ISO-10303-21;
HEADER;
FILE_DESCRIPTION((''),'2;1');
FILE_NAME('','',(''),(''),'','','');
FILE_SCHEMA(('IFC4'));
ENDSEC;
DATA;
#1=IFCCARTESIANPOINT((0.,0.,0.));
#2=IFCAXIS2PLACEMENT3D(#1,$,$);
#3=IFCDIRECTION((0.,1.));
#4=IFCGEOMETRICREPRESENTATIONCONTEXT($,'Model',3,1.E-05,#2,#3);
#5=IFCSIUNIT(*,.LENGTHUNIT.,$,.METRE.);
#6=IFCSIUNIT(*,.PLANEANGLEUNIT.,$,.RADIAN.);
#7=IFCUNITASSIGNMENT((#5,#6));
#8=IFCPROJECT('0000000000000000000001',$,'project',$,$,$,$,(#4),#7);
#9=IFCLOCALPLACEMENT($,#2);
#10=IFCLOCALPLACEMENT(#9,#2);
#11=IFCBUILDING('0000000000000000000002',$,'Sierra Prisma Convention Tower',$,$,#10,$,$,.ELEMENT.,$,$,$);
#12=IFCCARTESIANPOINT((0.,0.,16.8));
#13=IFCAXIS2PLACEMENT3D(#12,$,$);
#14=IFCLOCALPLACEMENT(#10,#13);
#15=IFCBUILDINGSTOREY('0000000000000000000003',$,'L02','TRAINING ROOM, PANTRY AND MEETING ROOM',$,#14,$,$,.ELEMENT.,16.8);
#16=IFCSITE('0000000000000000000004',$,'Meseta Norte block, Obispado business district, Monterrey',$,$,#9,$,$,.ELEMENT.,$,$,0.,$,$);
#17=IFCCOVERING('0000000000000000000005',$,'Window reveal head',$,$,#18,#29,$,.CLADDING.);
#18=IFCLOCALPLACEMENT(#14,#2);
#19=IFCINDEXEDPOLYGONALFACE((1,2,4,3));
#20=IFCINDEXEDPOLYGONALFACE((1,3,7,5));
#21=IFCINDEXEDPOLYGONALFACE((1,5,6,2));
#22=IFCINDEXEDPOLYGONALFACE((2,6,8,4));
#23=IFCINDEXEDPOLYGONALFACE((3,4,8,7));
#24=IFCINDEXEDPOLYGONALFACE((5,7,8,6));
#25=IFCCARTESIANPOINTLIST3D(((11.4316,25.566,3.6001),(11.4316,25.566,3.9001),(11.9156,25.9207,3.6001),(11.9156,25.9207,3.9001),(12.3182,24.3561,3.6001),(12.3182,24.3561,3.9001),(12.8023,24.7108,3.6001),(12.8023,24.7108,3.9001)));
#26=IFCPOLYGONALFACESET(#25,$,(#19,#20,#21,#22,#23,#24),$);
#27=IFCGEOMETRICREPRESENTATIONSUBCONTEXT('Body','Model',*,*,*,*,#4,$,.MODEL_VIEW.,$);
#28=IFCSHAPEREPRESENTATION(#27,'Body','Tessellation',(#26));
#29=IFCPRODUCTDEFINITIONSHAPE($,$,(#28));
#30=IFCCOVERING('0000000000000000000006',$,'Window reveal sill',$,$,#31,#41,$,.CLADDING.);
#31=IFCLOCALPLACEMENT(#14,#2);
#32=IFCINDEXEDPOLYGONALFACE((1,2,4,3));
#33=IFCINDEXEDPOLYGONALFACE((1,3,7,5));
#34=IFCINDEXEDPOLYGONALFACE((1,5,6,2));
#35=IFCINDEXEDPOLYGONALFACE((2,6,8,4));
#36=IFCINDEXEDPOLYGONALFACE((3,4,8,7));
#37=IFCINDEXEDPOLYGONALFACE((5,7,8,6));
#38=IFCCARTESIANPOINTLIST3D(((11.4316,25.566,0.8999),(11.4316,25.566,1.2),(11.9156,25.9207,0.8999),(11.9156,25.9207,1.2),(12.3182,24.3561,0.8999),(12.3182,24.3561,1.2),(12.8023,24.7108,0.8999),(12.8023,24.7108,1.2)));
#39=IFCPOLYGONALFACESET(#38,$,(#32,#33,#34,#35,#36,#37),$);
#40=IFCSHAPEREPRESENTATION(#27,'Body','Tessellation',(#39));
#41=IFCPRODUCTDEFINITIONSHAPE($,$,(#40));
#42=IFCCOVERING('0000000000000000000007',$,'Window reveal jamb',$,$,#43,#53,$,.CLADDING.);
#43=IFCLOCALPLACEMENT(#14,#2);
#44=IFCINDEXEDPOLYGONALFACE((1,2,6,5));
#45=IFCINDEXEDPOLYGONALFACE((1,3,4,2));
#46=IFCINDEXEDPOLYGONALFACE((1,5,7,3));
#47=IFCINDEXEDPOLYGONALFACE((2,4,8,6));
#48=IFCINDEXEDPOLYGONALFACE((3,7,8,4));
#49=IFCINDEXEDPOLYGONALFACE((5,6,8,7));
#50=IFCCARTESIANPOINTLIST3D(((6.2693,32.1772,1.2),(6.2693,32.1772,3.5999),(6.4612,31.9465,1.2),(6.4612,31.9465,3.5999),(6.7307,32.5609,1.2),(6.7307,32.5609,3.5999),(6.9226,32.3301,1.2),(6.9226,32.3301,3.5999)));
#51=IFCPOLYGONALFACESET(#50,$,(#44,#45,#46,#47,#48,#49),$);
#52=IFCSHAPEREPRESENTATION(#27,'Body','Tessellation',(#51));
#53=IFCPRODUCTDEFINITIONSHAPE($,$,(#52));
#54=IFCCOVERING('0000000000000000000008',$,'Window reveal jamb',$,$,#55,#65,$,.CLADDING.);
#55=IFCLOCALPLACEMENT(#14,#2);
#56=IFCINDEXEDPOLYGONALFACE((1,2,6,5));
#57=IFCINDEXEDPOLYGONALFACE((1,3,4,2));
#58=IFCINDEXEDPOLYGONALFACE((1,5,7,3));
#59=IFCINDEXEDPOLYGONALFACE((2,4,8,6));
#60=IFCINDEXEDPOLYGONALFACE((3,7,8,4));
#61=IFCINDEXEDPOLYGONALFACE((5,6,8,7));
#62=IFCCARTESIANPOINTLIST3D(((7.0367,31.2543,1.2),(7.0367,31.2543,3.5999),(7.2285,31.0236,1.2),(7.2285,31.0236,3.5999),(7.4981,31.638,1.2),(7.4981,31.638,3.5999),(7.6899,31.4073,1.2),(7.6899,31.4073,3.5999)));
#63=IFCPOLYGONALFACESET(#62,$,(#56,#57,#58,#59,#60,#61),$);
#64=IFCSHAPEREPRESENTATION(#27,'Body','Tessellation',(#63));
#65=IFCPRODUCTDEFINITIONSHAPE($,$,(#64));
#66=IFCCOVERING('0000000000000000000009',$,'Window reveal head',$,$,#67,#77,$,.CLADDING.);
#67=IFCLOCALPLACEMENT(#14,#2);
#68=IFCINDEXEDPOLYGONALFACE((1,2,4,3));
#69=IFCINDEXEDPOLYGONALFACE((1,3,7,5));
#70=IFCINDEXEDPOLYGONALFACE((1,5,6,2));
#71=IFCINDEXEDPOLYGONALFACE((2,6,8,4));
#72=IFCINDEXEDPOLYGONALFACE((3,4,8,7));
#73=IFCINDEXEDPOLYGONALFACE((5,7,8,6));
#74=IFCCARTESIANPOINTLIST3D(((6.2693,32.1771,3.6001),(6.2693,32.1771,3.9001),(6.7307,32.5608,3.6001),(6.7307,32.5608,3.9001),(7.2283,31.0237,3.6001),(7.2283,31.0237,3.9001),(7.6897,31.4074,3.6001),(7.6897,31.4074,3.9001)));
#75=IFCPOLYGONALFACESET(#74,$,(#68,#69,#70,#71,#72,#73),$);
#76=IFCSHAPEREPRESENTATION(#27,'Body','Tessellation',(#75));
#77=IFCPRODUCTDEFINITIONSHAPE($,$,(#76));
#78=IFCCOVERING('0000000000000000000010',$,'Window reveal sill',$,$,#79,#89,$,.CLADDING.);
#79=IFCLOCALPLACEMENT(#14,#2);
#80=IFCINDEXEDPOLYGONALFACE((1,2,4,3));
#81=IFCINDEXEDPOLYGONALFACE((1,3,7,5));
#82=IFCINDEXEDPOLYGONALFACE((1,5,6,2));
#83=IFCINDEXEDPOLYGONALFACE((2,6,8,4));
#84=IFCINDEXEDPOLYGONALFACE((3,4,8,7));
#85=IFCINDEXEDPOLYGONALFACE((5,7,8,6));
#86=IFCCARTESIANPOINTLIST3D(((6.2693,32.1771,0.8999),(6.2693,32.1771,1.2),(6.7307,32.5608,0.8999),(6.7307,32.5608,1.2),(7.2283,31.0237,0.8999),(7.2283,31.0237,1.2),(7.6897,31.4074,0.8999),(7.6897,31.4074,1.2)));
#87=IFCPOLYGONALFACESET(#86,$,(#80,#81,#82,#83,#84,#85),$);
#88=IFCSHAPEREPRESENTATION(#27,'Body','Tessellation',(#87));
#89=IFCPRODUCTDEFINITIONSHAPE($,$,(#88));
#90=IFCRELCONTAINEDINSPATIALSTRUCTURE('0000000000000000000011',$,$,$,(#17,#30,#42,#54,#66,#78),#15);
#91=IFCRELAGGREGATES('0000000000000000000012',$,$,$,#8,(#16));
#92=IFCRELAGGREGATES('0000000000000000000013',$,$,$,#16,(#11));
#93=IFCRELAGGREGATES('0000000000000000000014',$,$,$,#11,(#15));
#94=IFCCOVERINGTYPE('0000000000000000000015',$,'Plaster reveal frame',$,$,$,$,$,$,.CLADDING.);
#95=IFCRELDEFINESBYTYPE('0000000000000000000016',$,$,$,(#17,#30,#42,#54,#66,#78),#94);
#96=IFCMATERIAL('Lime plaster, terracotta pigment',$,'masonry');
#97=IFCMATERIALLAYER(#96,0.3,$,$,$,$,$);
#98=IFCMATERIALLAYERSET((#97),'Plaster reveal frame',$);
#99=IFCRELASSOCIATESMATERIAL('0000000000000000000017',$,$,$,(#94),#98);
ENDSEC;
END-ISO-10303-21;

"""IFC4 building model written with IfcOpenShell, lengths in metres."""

from ifc_helpers import new_model, si_unit, direction, frame, origin, origin_2d, place, context, subcontext, project, spatial, rectangle, extrude, material, layer, layer_set, type_object, element, save


model = new_model("IFC4")

# Units and contexts
model_context = context("Model", 3, precision=1e-05, world=origin(), true_north=direction((0.0, 1.0)))
body_context = subcontext(model_context, "Body", "Model", "MODEL_VIEW")
ifc_project = project(units=[si_unit("LENGTHUNIT", "METRE"), si_unit("PLANEANGLEUNIT", "RADIAN")], contexts=[model_context])

# Site, building, storey
site_placement = place(None, origin())
site = spatial("IfcSite", under=ifc_project, at=site_placement, Name="Meseta Norte block, Obispado business district, Monterrey", CompositionType="ELEMENT", RefElevation=0.0)
building_placement = place(site_placement, origin())
building = spatial("IfcBuilding", under=site, at=building_placement, Name="Sierra Prisma Convention Tower", CompositionType="ELEMENT")
storey_placement = place(building_placement, frame((0.0, 0.0, 16.8)))
storey = spatial("IfcBuildingStorey", under=building, at=storey_placement, Name="L02", Description="TRAINING ROOM, PANTRY AND MEETING ROOM", CompositionType="ELEMENT", Elevation=16.8)

# Coverings
ifc_material_1 = material(Name="Lime plaster, terracotta pigment", Category="masonry")
ifc_layer_1 = layer(ifc_material_1, 0.3)
ifc_layer_set_1 = layer_set([ifc_layer_1], Name="Plaster reveal frame")
covering_type = type_object("IfcCoveringType", Name="Plaster reveal frame", PredefinedType="CLADDING", material=ifc_layer_set_1)
for number, where, z_axis, x_axis, name in (
    (1, (12.1169, 25.1384, 3.6001), (0.0, 0.0, 1.0), (0.591099, -0.806599, 0.0), "Window reveal head"),
    (2, (12.1169, 25.1384, 0.8999), (0.0, 0.0, 1.0), (0.591099, -0.806599, 0.0), "Window reveal sill"),
):
    element("IfcCovering", number, at=place(storey_placement, frame(where, z_axis=z_axis, x_axis=x_axis)), inside=storey, type_object=covering_type, Name=name, PredefinedType="CLADDING", context=body_context, shape_type="SweptSolid", body=[
        extrude(rectangle(XDim=1.5, YDim=0.6001, at=origin_2d()), origin(), (0.0, 0.0, 1.0), 0.3),
    ])
for number, where, z_axis, x_axis, name in (
    (3, (6.5959, 32.2537, 1.2), (0.0, 0.0, 1.0), (0.639358, -0.768909, 0.0), "Window reveal jamb"),
    (4, (7.3633, 31.3308, 1.2), (0.0, 0.0, 1.0), (0.639358, -0.768909, 0.0), "Window reveal jamb"),
):
    element("IfcCovering", number, at=place(storey_placement, frame(where, z_axis=z_axis, x_axis=x_axis)), inside=storey, type_object=covering_type, Name=name, PredefinedType="CLADDING", context=body_context, shape_type="SweptSolid", body=[
        extrude(rectangle(XDim=0.3, YDim=0.6001, at=origin_2d()), origin(), (0.0, 0.0, 1.0), 2.3999),
    ])
for number, where, z_axis, x_axis, name in (
    (5, (6.9795, 31.7922, 3.6001), (0.0, 0.0, 1.0), (0.639358, -0.768909, 0.0), "Window reveal head"),
    (6, (6.9795, 31.7922, 0.8999), (0.0, 0.0, 1.0), (0.639358, -0.768909, 0.0), "Window reveal sill"),
):
    element("IfcCovering", number, at=place(storey_placement, frame(where, z_axis=z_axis, x_axis=x_axis)), inside=storey, type_object=covering_type, Name=name, PredefinedType="CLADDING", context=body_context, shape_type="SweptSolid", body=[
        extrude(rectangle(XDim=1.5, YDim=0.6001, at=origin_2d()), origin(), (0.0, 0.0, 1.0), 0.3),
    ])

save(model, "model.ifc")
